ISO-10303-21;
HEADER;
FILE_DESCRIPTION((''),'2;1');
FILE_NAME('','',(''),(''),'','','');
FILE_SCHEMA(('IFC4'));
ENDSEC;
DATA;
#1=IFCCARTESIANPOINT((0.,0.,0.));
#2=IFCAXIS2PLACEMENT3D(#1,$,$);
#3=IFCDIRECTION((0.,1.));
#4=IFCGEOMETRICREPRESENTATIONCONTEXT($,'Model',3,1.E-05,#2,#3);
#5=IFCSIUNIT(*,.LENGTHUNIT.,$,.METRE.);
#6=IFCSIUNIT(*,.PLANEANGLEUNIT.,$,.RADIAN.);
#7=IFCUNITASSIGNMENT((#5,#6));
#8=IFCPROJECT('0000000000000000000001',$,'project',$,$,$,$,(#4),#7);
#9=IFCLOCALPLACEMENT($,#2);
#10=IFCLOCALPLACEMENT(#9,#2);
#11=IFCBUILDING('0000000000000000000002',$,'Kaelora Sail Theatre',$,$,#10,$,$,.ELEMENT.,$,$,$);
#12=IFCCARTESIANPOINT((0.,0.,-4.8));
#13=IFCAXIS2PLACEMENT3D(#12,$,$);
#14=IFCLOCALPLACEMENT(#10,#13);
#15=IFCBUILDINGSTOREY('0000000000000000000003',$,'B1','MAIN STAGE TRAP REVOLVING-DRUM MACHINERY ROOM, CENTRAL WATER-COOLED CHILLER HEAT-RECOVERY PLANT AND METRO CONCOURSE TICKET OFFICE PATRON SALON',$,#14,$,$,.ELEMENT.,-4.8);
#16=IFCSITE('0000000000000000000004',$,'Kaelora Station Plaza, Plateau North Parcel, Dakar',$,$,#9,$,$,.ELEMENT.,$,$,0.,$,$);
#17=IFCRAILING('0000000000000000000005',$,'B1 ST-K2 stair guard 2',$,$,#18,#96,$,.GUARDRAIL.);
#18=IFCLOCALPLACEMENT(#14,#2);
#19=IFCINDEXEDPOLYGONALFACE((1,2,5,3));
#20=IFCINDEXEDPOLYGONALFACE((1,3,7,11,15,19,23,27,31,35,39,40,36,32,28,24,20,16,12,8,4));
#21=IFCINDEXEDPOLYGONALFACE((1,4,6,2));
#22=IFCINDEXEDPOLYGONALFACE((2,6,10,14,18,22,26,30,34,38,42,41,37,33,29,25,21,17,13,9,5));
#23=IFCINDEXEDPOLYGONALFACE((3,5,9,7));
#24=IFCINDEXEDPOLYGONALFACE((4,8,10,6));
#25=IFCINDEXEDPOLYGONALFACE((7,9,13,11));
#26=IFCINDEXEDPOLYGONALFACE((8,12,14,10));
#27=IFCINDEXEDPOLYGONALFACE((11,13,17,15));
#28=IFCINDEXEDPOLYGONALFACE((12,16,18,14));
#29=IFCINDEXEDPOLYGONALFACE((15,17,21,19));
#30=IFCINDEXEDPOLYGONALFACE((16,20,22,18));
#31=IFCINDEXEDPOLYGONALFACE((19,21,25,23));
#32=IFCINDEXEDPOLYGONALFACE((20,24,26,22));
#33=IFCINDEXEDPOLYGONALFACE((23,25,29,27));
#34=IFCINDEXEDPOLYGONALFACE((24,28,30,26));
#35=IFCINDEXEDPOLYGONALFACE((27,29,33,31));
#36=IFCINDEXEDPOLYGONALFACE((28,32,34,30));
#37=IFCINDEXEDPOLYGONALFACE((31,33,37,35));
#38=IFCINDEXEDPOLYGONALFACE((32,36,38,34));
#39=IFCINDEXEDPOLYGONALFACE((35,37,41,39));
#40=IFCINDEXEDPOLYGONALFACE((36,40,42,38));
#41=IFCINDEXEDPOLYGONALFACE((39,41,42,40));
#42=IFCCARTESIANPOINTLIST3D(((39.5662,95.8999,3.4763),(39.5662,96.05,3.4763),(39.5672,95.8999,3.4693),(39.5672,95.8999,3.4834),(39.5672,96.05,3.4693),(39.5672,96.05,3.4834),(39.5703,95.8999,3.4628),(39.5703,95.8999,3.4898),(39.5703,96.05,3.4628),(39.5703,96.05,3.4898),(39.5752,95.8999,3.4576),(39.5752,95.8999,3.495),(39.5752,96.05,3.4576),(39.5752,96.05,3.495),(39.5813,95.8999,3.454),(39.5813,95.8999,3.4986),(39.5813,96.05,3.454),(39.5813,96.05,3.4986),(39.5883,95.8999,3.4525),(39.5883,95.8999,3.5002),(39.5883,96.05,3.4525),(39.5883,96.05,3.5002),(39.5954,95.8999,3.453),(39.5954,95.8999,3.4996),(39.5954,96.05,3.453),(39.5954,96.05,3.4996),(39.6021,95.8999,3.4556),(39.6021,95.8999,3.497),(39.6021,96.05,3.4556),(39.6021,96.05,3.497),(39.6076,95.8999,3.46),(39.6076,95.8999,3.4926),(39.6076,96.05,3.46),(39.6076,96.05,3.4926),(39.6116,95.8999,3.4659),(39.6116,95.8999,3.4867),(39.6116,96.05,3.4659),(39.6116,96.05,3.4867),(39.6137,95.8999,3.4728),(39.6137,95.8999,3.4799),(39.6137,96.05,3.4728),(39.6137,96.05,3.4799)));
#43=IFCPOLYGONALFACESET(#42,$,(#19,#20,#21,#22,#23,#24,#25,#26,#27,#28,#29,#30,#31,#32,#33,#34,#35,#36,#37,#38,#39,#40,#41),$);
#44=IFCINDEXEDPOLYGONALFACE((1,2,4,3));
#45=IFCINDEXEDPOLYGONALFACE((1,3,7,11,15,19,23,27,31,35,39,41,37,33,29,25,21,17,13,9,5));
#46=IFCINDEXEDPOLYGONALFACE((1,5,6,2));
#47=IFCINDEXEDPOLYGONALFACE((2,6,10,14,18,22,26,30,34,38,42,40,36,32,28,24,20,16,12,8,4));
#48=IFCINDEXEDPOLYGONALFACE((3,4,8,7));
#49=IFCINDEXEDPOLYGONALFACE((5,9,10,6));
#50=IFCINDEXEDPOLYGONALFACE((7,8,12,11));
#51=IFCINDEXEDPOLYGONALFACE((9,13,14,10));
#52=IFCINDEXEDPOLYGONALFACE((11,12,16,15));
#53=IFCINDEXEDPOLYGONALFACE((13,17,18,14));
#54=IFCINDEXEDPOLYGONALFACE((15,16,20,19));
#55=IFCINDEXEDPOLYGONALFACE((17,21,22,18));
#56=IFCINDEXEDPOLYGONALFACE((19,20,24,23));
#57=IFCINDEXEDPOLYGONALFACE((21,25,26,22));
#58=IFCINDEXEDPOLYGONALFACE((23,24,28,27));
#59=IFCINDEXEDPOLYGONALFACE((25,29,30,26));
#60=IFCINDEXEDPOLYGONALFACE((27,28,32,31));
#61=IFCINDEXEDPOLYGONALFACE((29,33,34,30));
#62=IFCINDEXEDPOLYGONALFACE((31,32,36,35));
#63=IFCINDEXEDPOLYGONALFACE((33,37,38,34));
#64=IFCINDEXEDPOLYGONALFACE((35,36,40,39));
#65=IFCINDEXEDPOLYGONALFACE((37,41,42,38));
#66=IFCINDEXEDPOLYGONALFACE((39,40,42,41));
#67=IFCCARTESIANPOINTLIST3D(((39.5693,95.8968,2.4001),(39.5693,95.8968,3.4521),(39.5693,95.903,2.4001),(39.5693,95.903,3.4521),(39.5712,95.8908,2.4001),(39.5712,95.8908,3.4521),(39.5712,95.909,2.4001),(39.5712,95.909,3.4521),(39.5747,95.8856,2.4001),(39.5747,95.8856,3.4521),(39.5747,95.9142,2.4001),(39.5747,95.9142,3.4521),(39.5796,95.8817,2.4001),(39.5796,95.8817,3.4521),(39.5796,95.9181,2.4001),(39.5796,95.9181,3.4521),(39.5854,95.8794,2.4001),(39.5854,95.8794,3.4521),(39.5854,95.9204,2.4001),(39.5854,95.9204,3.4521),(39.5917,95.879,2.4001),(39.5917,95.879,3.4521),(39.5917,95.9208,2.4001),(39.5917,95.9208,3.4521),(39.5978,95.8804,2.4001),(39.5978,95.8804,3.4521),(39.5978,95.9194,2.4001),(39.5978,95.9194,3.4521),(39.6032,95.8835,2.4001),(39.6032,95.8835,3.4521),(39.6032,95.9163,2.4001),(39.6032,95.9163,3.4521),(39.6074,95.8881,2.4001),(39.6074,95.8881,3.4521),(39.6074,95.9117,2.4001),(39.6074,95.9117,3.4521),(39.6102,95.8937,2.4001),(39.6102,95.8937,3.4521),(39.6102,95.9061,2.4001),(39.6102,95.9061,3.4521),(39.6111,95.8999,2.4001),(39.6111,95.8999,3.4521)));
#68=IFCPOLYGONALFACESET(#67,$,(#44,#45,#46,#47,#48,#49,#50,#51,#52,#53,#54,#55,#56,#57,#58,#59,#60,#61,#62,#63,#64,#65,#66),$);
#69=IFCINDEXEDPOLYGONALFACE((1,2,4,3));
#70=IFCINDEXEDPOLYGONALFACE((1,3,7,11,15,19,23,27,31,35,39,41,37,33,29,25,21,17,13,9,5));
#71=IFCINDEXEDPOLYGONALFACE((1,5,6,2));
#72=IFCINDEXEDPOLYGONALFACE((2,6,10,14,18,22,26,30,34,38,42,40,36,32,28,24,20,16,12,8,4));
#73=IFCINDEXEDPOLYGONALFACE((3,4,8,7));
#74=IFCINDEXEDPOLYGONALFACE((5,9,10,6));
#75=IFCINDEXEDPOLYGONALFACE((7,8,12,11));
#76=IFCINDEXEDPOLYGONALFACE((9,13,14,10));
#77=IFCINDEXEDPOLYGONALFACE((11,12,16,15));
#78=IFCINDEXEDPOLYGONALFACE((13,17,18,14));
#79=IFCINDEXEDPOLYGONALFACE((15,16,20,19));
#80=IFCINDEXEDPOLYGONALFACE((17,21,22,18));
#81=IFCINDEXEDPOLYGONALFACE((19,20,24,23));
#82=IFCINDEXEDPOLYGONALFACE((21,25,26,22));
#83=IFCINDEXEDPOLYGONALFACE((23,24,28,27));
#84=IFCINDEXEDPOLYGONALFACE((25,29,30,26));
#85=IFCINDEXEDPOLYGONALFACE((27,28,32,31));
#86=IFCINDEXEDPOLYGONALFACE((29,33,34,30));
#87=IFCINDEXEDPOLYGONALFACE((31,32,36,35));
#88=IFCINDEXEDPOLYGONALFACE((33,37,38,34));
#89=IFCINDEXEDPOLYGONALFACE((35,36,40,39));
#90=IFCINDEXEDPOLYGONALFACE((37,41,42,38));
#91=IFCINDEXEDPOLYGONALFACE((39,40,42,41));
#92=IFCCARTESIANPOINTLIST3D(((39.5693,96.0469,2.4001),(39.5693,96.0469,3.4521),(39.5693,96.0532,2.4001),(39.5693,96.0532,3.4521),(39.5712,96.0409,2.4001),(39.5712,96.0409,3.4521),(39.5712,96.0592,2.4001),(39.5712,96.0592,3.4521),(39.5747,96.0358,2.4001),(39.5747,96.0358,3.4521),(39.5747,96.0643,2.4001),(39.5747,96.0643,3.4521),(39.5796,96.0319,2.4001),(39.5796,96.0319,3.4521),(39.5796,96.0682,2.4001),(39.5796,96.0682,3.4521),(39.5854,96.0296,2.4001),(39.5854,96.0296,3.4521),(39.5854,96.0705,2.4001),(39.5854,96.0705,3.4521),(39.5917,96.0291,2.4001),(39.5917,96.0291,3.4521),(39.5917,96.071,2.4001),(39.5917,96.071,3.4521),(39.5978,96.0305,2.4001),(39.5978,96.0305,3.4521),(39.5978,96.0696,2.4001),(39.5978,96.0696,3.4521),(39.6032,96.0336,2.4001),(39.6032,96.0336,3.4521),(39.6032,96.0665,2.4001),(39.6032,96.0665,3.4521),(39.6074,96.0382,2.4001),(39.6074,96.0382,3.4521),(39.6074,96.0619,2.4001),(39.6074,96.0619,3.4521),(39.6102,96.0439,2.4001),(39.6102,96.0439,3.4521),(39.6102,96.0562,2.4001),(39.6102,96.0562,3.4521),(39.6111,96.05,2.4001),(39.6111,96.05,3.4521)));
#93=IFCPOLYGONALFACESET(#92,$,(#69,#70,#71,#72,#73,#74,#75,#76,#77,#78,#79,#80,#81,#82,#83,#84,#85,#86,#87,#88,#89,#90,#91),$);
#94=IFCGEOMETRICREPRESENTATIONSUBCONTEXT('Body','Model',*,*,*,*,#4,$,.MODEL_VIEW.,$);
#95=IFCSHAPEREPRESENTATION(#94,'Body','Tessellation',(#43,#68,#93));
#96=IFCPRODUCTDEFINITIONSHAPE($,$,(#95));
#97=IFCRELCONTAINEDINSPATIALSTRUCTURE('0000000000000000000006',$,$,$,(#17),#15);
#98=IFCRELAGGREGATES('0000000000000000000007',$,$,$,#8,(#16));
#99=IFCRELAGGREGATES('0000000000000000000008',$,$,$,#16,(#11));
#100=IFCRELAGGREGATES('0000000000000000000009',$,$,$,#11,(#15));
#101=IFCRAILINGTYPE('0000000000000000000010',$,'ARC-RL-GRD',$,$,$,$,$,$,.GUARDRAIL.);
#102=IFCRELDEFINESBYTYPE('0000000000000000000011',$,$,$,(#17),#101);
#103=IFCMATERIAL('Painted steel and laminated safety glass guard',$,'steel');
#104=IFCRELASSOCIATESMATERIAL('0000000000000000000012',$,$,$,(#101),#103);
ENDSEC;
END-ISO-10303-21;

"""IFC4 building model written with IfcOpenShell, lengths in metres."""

from ifc_helpers import new_model, si_unit, direction, frame, origin, origin_2d, place, context, subcontext, project, spatial, circle, extrude, material, type_object, element, save


model = new_model("IFC4")

# Units and contexts
model_context = context("Model", 3, precision=1e-05, world=origin(), true_north=direction((0.0, 1.0)))
body_context = subcontext(model_context, "Body", "Model", "MODEL_VIEW")
ifc_project = project(units=[si_unit("LENGTHUNIT", "METRE"), si_unit("PLANEANGLEUNIT", "RADIAN")], contexts=[model_context])

# Site, building, storey
site_placement = place(None, origin())
site = spatial("IfcSite", under=ifc_project, at=site_placement, Name="Kaelora Station Plaza, Plateau North Parcel, Dakar", CompositionType="ELEMENT", RefElevation=0.0)
building_placement = place(site_placement, origin())
building = spatial("IfcBuilding", under=site, at=building_placement, Name="Kaelora Sail Theatre", CompositionType="ELEMENT")
storey_placement = place(building_placement, frame((0.0, 0.0, -4.8)))
storey = spatial("IfcBuildingStorey", under=building, at=storey_placement, Name="B1", Description="MAIN STAGE TRAP REVOLVING-DRUM MACHINERY ROOM, CENTRAL WATER-COOLED CHILLER HEAT-RECOVERY PLANT AND METRO CONCOURSE TICKET OFFICE PATRON SALON", CompositionType="ELEMENT", Elevation=-4.8)

# Railing
ifc_material_1 = material(Name="Painted steel and laminated safety glass guard", Category="steel")
railing_type_1 = type_object("IfcRailingType", Name="ARC-RL-GRD", PredefinedType="GUARDRAIL", material=ifc_material_1)
railing_1_placement = place(storey_placement, frame((39.5901, 95.8999, 2.4001)))
element("IfcRailing", 1, at=railing_1_placement, inside=storey, type_object=railing_type_1, Name="B1 ST-K2 stair guard 2", PredefinedType="GUARDRAIL", context=body_context, shape_type="SweptSolid", body=[
    extrude(circle(Radius=0.0239, at=origin_2d()), frame((0.0, 0.0, 1.0762), z_axis=(0.0, 1.0, 0.0), x_axis=(-1.0, 0.0, 0.0)), (0.0, 0.0, 1.0), 0.1501),
    extrude(circle(Radius=0.021, at=origin_2d()), origin(), (0.0, 0.0, 1.0), 1.052),
    extrude(circle(Radius=0.021, at=origin_2d()), frame((0.0, 0.1501, 0.0)), (0.0, 0.0, 1.0), 1.052),
])

save(model, "model.ifc")
